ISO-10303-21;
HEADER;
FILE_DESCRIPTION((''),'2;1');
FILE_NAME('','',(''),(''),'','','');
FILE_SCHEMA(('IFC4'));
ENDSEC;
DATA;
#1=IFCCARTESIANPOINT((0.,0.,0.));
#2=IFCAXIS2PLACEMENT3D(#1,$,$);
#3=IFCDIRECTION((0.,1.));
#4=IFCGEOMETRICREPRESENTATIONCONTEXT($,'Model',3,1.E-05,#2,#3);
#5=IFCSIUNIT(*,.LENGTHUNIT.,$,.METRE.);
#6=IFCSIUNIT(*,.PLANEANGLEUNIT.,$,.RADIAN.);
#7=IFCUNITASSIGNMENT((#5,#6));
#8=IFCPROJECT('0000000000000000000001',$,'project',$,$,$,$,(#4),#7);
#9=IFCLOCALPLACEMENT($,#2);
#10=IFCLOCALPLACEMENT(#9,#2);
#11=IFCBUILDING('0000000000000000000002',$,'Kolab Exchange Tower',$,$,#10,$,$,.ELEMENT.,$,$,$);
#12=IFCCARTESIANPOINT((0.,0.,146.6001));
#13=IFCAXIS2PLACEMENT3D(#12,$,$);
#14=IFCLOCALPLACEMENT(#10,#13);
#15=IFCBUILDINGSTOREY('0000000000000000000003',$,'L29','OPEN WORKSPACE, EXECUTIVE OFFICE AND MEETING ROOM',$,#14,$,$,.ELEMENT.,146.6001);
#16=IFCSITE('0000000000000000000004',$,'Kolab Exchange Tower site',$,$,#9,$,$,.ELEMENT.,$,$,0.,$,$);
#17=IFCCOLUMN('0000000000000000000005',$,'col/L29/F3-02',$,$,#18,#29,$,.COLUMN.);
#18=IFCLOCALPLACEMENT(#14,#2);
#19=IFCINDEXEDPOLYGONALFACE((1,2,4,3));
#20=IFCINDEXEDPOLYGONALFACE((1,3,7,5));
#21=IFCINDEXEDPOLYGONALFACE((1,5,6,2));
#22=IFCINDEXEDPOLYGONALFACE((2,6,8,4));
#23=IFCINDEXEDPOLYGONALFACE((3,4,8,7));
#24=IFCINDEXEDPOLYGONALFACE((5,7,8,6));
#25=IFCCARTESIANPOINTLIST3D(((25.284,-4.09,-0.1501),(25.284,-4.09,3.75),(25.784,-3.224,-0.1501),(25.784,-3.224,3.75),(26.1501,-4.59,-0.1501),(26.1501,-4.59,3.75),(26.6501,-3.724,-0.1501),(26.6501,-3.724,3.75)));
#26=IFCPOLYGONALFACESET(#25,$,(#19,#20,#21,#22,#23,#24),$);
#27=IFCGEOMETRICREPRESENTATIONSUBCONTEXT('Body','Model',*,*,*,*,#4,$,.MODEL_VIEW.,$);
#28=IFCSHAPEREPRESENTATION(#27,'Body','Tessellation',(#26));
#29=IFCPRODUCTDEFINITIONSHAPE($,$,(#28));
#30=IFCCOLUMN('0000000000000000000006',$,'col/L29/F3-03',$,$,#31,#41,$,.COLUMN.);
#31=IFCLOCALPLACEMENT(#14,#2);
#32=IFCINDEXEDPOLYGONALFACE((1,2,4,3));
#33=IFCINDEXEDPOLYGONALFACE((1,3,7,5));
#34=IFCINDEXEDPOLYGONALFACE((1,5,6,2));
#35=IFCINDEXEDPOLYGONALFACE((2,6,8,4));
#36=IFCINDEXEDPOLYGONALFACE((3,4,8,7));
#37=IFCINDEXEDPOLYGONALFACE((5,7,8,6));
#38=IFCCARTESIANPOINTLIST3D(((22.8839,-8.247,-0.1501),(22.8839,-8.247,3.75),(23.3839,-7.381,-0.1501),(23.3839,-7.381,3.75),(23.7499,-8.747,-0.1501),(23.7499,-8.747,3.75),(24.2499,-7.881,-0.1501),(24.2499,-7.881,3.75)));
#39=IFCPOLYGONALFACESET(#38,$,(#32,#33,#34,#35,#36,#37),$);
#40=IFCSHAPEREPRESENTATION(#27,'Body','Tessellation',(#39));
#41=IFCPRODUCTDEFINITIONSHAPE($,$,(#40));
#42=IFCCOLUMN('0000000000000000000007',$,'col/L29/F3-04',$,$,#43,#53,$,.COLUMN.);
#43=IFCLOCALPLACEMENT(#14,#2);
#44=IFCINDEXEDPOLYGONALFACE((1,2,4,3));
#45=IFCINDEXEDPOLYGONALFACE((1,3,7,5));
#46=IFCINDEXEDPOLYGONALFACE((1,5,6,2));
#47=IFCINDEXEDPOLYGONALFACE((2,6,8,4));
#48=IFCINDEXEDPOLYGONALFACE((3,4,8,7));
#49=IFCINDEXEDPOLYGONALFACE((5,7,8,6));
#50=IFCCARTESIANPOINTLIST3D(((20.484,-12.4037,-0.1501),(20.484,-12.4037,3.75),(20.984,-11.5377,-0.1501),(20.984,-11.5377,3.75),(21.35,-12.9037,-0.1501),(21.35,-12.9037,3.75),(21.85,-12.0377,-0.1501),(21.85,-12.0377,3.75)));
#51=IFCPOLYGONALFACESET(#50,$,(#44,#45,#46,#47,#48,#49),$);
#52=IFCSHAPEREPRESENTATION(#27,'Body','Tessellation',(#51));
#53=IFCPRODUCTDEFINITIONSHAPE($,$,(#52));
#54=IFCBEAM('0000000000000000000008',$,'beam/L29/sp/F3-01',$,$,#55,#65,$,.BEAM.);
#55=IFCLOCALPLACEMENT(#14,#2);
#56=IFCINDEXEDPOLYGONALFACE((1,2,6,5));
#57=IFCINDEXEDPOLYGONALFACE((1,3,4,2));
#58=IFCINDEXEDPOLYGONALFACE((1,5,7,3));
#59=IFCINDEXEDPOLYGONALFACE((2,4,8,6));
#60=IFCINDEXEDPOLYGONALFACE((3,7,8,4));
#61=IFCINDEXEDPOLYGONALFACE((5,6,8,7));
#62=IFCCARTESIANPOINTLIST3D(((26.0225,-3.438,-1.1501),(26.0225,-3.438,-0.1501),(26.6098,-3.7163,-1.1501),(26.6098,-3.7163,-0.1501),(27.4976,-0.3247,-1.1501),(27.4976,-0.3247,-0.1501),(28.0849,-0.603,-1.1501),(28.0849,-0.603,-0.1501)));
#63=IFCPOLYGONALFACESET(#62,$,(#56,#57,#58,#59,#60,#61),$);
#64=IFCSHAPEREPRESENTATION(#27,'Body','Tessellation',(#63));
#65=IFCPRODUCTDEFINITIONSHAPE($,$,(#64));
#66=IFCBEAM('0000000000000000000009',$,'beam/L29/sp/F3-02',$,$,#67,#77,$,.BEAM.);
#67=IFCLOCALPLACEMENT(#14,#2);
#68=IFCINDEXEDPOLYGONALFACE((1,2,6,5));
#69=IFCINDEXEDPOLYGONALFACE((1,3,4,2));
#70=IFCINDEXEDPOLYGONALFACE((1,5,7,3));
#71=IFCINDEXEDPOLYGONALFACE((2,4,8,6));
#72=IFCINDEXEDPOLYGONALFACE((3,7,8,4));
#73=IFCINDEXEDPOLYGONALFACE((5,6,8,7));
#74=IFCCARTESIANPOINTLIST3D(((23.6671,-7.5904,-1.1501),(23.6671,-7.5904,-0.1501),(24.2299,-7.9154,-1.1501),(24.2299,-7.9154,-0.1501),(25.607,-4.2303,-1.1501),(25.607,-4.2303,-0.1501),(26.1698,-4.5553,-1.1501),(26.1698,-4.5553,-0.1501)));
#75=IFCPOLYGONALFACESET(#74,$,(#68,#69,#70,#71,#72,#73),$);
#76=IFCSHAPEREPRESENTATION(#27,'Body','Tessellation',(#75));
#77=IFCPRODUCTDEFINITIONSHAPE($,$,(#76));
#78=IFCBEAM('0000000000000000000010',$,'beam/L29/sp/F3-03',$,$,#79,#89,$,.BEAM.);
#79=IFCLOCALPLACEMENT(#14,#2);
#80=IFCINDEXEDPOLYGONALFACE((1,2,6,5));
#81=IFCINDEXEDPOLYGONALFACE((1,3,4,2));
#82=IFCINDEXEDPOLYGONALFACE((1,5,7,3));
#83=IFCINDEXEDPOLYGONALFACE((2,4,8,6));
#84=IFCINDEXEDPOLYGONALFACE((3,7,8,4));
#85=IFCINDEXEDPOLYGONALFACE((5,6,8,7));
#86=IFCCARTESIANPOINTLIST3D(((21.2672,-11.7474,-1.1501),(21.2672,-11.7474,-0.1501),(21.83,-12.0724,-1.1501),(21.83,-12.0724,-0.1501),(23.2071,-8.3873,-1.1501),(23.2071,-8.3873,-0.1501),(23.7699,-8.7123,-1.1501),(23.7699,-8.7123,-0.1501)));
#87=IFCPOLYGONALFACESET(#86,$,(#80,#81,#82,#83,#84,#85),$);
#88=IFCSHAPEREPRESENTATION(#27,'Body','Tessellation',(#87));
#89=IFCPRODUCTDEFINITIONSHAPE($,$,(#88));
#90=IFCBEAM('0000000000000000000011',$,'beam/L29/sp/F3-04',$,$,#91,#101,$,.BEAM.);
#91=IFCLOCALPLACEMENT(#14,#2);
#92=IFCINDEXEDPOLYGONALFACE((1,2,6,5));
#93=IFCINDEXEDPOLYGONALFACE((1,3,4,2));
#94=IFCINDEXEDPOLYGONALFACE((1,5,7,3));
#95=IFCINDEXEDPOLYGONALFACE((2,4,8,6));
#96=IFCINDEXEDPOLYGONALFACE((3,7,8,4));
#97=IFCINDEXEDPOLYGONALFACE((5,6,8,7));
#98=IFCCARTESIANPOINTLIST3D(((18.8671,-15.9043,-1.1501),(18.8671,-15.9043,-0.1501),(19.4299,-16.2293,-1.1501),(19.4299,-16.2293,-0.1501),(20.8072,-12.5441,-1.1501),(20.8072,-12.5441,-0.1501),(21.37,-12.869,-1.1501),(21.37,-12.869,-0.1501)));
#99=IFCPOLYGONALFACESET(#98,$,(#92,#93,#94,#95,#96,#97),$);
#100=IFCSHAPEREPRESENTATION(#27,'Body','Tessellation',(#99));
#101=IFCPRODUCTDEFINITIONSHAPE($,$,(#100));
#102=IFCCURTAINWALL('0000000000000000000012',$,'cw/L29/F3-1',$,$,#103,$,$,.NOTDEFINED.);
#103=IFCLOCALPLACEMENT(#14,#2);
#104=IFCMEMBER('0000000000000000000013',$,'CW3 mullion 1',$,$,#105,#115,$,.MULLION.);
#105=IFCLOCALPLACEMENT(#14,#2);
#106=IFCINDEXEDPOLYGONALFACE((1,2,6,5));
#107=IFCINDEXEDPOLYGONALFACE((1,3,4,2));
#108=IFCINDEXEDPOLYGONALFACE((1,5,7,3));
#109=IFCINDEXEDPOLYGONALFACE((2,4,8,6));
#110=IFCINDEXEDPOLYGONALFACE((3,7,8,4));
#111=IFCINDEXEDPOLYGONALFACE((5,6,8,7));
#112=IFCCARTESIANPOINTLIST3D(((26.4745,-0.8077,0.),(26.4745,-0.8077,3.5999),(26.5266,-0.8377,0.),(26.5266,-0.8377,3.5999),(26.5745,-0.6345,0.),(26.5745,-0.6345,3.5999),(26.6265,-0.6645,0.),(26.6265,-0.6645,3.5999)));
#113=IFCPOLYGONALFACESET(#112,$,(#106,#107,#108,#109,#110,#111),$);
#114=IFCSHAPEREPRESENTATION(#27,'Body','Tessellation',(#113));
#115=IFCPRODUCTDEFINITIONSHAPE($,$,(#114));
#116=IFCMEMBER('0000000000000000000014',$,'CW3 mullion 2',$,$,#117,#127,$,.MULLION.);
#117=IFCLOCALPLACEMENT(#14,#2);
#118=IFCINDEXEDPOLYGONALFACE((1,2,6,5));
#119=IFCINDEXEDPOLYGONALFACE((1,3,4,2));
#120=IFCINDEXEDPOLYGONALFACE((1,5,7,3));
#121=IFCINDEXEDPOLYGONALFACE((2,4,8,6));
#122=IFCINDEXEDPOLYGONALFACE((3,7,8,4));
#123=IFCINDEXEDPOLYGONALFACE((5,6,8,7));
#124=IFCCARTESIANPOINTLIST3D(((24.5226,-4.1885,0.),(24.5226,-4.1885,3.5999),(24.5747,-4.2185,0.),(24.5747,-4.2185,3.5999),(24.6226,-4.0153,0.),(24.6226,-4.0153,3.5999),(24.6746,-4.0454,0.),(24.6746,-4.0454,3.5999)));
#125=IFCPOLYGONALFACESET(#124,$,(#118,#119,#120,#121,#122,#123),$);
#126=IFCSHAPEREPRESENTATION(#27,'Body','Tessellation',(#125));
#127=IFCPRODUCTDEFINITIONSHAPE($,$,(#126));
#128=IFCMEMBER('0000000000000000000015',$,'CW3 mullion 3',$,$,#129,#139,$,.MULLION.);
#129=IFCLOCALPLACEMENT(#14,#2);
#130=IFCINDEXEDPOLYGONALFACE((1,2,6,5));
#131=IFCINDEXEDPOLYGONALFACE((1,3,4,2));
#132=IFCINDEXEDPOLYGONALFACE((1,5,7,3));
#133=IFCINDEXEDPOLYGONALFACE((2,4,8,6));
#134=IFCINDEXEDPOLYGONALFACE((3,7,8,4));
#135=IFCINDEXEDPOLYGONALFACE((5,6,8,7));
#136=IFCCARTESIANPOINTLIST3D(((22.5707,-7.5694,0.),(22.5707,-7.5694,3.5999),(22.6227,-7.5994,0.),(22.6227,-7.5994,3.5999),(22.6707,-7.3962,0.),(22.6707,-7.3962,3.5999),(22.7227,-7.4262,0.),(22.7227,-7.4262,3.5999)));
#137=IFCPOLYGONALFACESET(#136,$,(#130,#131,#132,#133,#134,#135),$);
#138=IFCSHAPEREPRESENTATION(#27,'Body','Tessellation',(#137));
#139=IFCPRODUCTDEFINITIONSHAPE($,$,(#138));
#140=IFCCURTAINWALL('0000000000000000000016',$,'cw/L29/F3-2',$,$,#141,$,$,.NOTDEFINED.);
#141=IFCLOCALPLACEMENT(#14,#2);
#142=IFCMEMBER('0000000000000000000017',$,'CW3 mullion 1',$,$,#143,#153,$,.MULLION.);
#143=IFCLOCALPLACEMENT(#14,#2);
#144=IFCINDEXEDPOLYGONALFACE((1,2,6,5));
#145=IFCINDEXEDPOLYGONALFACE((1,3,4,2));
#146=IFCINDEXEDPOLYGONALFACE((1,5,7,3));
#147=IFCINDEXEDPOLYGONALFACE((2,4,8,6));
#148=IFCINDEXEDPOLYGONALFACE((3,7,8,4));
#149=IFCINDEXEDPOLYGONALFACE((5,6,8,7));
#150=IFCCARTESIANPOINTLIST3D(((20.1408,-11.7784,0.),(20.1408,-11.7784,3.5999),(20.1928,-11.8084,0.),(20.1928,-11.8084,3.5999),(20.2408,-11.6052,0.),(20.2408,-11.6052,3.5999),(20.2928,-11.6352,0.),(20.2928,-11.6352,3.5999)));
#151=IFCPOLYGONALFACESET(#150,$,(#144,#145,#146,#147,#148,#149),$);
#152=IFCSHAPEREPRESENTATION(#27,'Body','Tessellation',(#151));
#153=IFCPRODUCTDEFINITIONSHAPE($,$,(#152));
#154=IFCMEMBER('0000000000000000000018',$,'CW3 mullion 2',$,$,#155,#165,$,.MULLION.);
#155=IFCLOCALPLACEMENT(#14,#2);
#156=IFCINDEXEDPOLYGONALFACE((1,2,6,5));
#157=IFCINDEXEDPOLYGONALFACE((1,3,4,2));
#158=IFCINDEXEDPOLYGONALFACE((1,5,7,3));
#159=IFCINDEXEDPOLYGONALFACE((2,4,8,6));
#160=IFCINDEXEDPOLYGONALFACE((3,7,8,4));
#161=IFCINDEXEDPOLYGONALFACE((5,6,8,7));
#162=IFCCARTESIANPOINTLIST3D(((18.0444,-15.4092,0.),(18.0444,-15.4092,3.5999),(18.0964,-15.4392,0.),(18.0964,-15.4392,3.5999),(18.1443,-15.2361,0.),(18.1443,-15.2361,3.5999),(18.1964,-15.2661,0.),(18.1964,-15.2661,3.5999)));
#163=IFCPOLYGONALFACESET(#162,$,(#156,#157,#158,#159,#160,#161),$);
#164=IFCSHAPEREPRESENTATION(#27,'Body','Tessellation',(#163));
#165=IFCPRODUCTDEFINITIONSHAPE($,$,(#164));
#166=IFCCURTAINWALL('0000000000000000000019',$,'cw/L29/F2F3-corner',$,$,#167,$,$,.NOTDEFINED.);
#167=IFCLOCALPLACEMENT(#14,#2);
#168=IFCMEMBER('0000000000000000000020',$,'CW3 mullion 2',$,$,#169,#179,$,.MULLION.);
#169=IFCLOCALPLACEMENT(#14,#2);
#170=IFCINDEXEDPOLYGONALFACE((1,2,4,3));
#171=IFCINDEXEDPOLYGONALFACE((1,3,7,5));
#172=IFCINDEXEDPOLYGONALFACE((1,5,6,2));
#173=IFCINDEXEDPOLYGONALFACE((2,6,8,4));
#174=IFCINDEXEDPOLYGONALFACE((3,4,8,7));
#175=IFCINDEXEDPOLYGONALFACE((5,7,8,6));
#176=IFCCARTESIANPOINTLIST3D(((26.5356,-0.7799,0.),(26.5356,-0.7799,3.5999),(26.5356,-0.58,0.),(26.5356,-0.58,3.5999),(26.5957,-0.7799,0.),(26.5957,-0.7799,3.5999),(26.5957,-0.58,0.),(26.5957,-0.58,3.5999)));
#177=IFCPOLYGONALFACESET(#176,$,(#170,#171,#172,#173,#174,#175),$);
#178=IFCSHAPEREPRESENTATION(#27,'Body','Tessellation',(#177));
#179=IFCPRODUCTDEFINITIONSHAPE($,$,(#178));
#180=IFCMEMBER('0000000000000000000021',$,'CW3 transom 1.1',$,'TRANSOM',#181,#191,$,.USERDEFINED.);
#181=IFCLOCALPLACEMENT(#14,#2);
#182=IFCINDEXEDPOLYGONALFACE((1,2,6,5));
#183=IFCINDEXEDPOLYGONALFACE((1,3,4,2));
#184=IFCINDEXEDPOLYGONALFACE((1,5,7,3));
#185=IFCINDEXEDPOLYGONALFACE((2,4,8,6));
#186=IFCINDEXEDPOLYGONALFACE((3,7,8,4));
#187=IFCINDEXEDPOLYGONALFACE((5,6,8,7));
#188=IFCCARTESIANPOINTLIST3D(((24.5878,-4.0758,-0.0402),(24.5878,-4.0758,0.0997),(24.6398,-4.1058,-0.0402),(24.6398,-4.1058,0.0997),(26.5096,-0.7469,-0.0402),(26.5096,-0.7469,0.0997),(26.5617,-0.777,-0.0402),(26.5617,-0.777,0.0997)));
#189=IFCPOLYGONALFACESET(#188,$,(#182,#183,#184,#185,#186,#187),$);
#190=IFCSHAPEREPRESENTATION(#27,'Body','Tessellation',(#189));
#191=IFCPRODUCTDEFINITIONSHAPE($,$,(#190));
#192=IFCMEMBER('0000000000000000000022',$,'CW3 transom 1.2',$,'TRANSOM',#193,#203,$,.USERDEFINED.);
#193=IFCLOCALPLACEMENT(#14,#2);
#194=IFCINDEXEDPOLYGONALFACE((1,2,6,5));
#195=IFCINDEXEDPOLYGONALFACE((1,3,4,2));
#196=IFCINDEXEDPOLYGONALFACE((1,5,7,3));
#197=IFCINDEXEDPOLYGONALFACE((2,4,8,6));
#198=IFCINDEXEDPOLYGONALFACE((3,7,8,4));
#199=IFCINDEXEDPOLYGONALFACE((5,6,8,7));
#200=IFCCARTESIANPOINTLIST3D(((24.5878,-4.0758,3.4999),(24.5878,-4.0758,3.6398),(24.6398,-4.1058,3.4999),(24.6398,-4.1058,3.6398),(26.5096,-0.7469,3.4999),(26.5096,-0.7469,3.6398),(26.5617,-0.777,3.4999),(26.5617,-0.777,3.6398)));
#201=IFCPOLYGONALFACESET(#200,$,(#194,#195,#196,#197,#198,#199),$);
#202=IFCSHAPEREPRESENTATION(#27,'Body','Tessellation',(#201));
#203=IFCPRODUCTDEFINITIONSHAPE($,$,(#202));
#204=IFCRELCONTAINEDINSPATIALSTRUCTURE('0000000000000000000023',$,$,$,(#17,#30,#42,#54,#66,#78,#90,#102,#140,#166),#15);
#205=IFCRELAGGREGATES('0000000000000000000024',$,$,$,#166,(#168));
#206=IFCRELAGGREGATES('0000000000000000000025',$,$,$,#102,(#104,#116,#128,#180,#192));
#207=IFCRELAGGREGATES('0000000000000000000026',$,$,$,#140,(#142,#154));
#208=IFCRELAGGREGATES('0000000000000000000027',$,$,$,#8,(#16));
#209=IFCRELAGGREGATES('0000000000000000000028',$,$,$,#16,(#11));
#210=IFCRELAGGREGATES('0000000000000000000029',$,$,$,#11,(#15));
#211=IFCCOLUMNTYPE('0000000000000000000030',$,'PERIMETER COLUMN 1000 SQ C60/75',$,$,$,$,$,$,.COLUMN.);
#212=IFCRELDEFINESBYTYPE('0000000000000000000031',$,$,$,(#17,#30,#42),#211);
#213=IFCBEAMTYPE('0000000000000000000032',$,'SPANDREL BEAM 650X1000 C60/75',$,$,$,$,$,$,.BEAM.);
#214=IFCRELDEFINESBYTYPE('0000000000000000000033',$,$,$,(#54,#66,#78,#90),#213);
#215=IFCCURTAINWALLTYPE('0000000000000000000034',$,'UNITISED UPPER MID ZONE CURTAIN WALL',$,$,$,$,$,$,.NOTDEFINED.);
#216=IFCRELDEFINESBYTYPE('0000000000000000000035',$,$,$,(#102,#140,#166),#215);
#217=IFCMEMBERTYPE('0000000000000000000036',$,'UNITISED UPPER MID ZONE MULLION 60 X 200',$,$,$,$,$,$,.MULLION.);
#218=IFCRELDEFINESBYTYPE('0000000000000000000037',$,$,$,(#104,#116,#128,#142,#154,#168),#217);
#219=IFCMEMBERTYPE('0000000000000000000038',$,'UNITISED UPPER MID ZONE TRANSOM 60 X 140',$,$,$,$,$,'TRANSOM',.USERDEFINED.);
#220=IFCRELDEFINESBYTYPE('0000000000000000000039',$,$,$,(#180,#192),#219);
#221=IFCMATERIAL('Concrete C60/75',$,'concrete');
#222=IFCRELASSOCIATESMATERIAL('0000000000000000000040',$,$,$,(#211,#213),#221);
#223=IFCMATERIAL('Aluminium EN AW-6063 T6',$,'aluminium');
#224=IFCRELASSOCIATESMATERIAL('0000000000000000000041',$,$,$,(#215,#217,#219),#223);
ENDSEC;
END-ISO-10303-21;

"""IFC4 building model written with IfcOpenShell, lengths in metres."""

from ifc_helpers import new_model, si_unit, direction, frame, origin, origin_2d, place, context, subcontext, project, spatial, rectangle, extrude, material, material_profile, profile_set, type_object, element, aggregate, save


model = new_model("IFC4")

# Units and contexts
model_context = context("Model", 3, precision=1e-05, world=origin(), true_north=direction((0.0, 1.0)))
body_context = subcontext(model_context, "Body", "Model", "MODEL_VIEW")
ifc_project = project(units=[si_unit("LENGTHUNIT", "METRE"), si_unit("PLANEANGLEUNIT", "RADIAN")], contexts=[model_context])

# Site, building, storey
site_placement = place(None, origin())
site = spatial("IfcSite", under=ifc_project, at=site_placement, Name="Kolab Exchange Tower site", CompositionType="ELEMENT", RefElevation=0.0)
building_placement = place(site_placement, origin())
building = spatial("IfcBuilding", under=site, at=building_placement, Name="Kolab Exchange Tower", CompositionType="ELEMENT")
storey_placement = place(building_placement, frame((0.0, 0.0, 146.6001)))
storey = spatial("IfcBuildingStorey", under=building, at=storey_placement, Name="L29", Description="OPEN WORKSPACE, EXECUTIVE OFFICE AND MEETING ROOM", CompositionType="ELEMENT", Elevation=146.6001)

# Columns
ifc_material_1 = material(Name="Concrete C60/75", Category="concrete")
ifc_material_profile_1 = material_profile(ifc_material_1, rectangle(XDim=1.0, YDim=1.0, at=origin_2d()), Name="RC1000")
ifc_profile_set_1 = profile_set([ifc_material_profile_1], Name="Concrete C60/75")
column_type = type_object("IfcColumnType", Name="PERIMETER COLUMN 1000 SQ C60/75", PredefinedType="COLUMN", material=ifc_profile_set_1)
for number, where, z_axis, x_axis, name in (
    (1, (25.967, -3.907, -0.1501), (0.0, 0.0, 1.0), (0.5, 0.866025, 0.0), "col/L29/F3-02"),
    (2, (23.5669, -8.064, -0.1501), (0.0, 0.0, 1.0), (0.5, 0.866025, 0.0), "col/L29/F3-03"),
    (3, (21.167, -12.2207, -0.1501), (0.0, 0.0, 1.0), (0.5, 0.866025, 0.0), "col/L29/F3-04"),
):
    element("IfcColumn", number, at=place(storey_placement, frame(where, z_axis=z_axis, x_axis=x_axis)), inside=storey, type_object=column_type, Name=name, PredefinedType="COLUMN", context=body_context, shape_type="SweptSolid", body=[
        extrude(rectangle(XDim=1.0, YDim=1.0, at=origin_2d()), origin(), (0.0, 0.0, 1.0), 3.9001),
    ])

# Beams
ifc_material_profile_2 = material_profile(ifc_material_1, rectangle(XDim=0.6499, YDim=1.0, at=origin_2d()), Name="RC650X1000")
ifc_profile_set_2 = profile_set([ifc_material_profile_2], Name="Concrete C60/75")
beam_type = type_object("IfcBeamType", Name="SPANDREL BEAM 650X1000 C60/75", PredefinedType="BEAM", material=ifc_profile_set_2)
beam_1_placement = place(storey_placement, frame((27.7913, -0.4639, -0.6501), z_axis=(-0.428178, -0.903695, 0.0), x_axis=(0.903695, -0.428178, 0.0)))
element("IfcBeam", 4, at=beam_1_placement, inside=storey, type_object=beam_type, Name="beam/L29/sp/F3-01", PredefinedType="BEAM", context=body_context, shape_type="SweptSolid", body=[
    extrude(rectangle(XDim=0.6499, YDim=1.0, at=origin_2d()), origin(), (0.0, 0.0, 1.0), 3.4451),
])
for number, where, z_axis, x_axis, name in (
    (5, (25.8884, -4.3928, -0.6501), (-0.499997, -0.866027, 0.0), (0.866027, -0.499997, 0.0), "beam/L29/sp/F3-02"),
    (6, (23.4885, -8.5498, -0.6501), (-0.499997, -0.866027, 0.0), (0.866027, -0.499997, 0.0), "beam/L29/sp/F3-03"),
):
    element("IfcBeam", number, at=place(storey_placement, frame(where, z_axis=z_axis, x_axis=x_axis)), inside=storey, type_object=beam_type, Name=name, PredefinedType="BEAM", context=body_context, shape_type="SweptSolid", body=[
        extrude(rectangle(XDim=0.6499, YDim=1.0, at=origin_2d()), origin(), (0.0, 0.0, 1.0), 3.8799),
    ])
beam_2_placement = place(storey_placement, frame((21.0886, -12.7065, -0.6501), z_axis=(-0.500017, -0.866016, 0.0), x_axis=(0.866016, -0.500017, 0.0)))
element("IfcBeam", 7, at=beam_2_placement, inside=storey, type_object=beam_type, Name="beam/L29/sp/F3-04", PredefinedType="BEAM", context=body_context, shape_type="SweptSolid", body=[
    extrude(rectangle(XDim=0.6499, YDim=1.0, at=origin_2d()), origin(), (0.0, 0.0, 1.0), 3.8801),
])

# Curtain walls, members
ifc_material_2 = material(Name="Aluminium EN AW-6063 T6", Category="aluminium")
curtain_wall_type = type_object("IfcCurtainWallType", Name="UNITISED UPPER MID ZONE CURTAIN WALL", PredefinedType="NOTDEFINED", material=ifc_material_2)
curtain_wall_1_placement = place(storey_placement, origin())
curtain_wall_1 = element("IfcCurtainWall", 8, at=curtain_wall_1_placement, inside=storey, type_object=curtain_wall_type, Name="cw/L29/F3-1", PredefinedType="NOTDEFINED")
ifc_material_profile_3 = material_profile(ifc_material_2, rectangle(XDim=0.0601, YDim=0.2, at=origin_2d()), Name="RECT 60X200")
ifc_profile_set_3 = profile_set([ifc_material_profile_3], Name="Aluminium EN AW-6063 T6")
member_type_1 = type_object("IfcMemberType", Name="UNITISED UPPER MID ZONE MULLION 60 X 200", PredefinedType="MULLION", material=ifc_profile_set_3)
member_1_placement = place(storey_placement, frame((26.5505, -0.7361, 0.0), z_axis=(0.0, 0.0, 1.0), x_axis=(0.866025, -0.5, 0.0)))
member_1 = element("IfcMember", 9, at=member_1_placement, type_object=member_type_1, Name="CW3 mullion 1", PredefinedType="MULLION", context=body_context, shape_type="SweptSolid", body=[
    extrude(rectangle(XDim=0.0601, YDim=0.2, at=origin_2d()), origin(), (0.0, 0.0, 1.0), 3.5999),
])
member_2_placement = place(storey_placement, frame((24.5986, -4.1169, 0.0), z_axis=(0.0, 0.0, 1.0), x_axis=(0.866025, -0.5, 0.0)))
member_2 = element("IfcMember", 10, at=member_2_placement, type_object=member_type_1, Name="CW3 mullion 2", PredefinedType="MULLION", context=body_context, shape_type="SweptSolid", body=[
    extrude(rectangle(XDim=0.0601, YDim=0.2, at=origin_2d()), origin(), (0.0, 0.0, 1.0), 3.5999),
])
member_3_placement = place(storey_placement, frame((22.6467, -7.4978, 0.0), z_axis=(0.0, 0.0, 1.0), x_axis=(0.866025, -0.5, 0.0)))
member_3 = element("IfcMember", 11, at=member_3_placement, type_object=member_type_1, Name="CW3 mullion 3", PredefinedType="MULLION", context=body_context, shape_type="SweptSolid", body=[
    extrude(rectangle(XDim=0.0601, YDim=0.2, at=origin_2d()), origin(), (0.0, 0.0, 1.0), 3.5999),
])
curtain_wall_2_placement = place(storey_placement, origin())
curtain_wall_2 = element("IfcCurtainWall", 12, at=curtain_wall_2_placement, inside=storey, type_object=curtain_wall_type, Name="cw/L29/F3-2", PredefinedType="NOTDEFINED")
member_4_placement = place(storey_placement, frame((20.2168, -11.7068, 0.0), z_axis=(0.0, 0.0, 1.0), x_axis=(0.866025, -0.5, 0.0)))
member_4 = element("IfcMember", 13, at=member_4_placement, type_object=member_type_1, Name="CW3 mullion 1", PredefinedType="MULLION", context=body_context, shape_type="SweptSolid", body=[
    extrude(rectangle(XDim=0.0601, YDim=0.2, at=origin_2d()), origin(), (0.0, 0.0, 1.0), 3.5999),
])
member_5_placement = place(storey_placement, frame((18.1204, -15.3376, 0.0), z_axis=(0.0, 0.0, 1.0), x_axis=(0.866025, -0.5, 0.0)))
member_5 = element("IfcMember", 14, at=member_5_placement, type_object=member_type_1, Name="CW3 mullion 2", PredefinedType="MULLION", context=body_context, shape_type="SweptSolid", body=[
    extrude(rectangle(XDim=0.0601, YDim=0.2, at=origin_2d()), origin(), (0.0, 0.0, 1.0), 3.5999),
])

# Curtain wall, member
curtain_wall_3_placement = place(storey_placement, origin())
curtain_wall_3 = element("IfcCurtainWall", 15, at=curtain_wall_3_placement, inside=storey, type_object=curtain_wall_type, Name="cw/L29/F2F3-corner", PredefinedType="NOTDEFINED")
member_6_placement = place(storey_placement, frame((26.5657, -0.6799, 0.0), z_axis=(0.0, 0.0, 1.0), x_axis=(1.0, 0.0, 0.0)))
member_6 = element("IfcMember", 16, at=member_6_placement, type_object=member_type_1, Name="CW3 mullion 2", PredefinedType="MULLION", context=body_context, shape_type="SweptSolid", body=[
    extrude(rectangle(XDim=0.0601, YDim=0.2, at=origin_2d()), origin(), (0.0, 0.0, 1.0), 3.5999),
])
aggregate(curtain_wall_3, [member_6])

# Members
ifc_material_profile_4 = material_profile(ifc_material_2, rectangle(XDim=0.0601, YDim=0.1399, at=origin_2d()), Name="RECT 60X140")
ifc_profile_set_4 = profile_set([ifc_material_profile_4], Name="Aluminium EN AW-6063 T6")
member_type_2 = type_object("IfcMemberType", Name="UNITISED UPPER MID ZONE TRANSOM 60 X 140", ElementType="TRANSOM", PredefinedType="USERDEFINED", material=ifc_profile_set_4)
member_7_placement = place(storey_placement, frame((26.5356, -0.762, 0.0298), z_axis=(-0.499992, -0.86603, 0.0), x_axis=(0.86603, -0.499992, 0.0)))
member_7 = element("IfcMember", 17, at=member_7_placement, type_object=member_type_2, Name="CW3 transom 1.1", ObjectType="TRANSOM", PredefinedType="USERDEFINED", context=body_context, shape_type="SweptSolid", body=[
    extrude(rectangle(XDim=0.0601, YDim=0.1399, at=origin_2d()), origin(), (0.0, 0.0, 1.0), 3.8438),
])
member_8_placement = place(storey_placement, frame((26.5356, -0.762, 3.5698), z_axis=(-0.499992, -0.86603, 0.0), x_axis=(0.86603, -0.499992, 0.0)))
member_8 = element("IfcMember", 18, at=member_8_placement, type_object=member_type_2, Name="CW3 transom 1.2", ObjectType="TRANSOM", PredefinedType="USERDEFINED", context=body_context, shape_type="SweptSolid", body=[
    extrude(rectangle(XDim=0.0601, YDim=0.1399, at=origin_2d()), origin(), (0.0, 0.0, 1.0), 3.8438),
])

aggregate(curtain_wall_1, [member_1, member_2, member_3, member_7, member_8])
aggregate(curtain_wall_2, [member_4, member_5])

save(model, "model.ifc")
